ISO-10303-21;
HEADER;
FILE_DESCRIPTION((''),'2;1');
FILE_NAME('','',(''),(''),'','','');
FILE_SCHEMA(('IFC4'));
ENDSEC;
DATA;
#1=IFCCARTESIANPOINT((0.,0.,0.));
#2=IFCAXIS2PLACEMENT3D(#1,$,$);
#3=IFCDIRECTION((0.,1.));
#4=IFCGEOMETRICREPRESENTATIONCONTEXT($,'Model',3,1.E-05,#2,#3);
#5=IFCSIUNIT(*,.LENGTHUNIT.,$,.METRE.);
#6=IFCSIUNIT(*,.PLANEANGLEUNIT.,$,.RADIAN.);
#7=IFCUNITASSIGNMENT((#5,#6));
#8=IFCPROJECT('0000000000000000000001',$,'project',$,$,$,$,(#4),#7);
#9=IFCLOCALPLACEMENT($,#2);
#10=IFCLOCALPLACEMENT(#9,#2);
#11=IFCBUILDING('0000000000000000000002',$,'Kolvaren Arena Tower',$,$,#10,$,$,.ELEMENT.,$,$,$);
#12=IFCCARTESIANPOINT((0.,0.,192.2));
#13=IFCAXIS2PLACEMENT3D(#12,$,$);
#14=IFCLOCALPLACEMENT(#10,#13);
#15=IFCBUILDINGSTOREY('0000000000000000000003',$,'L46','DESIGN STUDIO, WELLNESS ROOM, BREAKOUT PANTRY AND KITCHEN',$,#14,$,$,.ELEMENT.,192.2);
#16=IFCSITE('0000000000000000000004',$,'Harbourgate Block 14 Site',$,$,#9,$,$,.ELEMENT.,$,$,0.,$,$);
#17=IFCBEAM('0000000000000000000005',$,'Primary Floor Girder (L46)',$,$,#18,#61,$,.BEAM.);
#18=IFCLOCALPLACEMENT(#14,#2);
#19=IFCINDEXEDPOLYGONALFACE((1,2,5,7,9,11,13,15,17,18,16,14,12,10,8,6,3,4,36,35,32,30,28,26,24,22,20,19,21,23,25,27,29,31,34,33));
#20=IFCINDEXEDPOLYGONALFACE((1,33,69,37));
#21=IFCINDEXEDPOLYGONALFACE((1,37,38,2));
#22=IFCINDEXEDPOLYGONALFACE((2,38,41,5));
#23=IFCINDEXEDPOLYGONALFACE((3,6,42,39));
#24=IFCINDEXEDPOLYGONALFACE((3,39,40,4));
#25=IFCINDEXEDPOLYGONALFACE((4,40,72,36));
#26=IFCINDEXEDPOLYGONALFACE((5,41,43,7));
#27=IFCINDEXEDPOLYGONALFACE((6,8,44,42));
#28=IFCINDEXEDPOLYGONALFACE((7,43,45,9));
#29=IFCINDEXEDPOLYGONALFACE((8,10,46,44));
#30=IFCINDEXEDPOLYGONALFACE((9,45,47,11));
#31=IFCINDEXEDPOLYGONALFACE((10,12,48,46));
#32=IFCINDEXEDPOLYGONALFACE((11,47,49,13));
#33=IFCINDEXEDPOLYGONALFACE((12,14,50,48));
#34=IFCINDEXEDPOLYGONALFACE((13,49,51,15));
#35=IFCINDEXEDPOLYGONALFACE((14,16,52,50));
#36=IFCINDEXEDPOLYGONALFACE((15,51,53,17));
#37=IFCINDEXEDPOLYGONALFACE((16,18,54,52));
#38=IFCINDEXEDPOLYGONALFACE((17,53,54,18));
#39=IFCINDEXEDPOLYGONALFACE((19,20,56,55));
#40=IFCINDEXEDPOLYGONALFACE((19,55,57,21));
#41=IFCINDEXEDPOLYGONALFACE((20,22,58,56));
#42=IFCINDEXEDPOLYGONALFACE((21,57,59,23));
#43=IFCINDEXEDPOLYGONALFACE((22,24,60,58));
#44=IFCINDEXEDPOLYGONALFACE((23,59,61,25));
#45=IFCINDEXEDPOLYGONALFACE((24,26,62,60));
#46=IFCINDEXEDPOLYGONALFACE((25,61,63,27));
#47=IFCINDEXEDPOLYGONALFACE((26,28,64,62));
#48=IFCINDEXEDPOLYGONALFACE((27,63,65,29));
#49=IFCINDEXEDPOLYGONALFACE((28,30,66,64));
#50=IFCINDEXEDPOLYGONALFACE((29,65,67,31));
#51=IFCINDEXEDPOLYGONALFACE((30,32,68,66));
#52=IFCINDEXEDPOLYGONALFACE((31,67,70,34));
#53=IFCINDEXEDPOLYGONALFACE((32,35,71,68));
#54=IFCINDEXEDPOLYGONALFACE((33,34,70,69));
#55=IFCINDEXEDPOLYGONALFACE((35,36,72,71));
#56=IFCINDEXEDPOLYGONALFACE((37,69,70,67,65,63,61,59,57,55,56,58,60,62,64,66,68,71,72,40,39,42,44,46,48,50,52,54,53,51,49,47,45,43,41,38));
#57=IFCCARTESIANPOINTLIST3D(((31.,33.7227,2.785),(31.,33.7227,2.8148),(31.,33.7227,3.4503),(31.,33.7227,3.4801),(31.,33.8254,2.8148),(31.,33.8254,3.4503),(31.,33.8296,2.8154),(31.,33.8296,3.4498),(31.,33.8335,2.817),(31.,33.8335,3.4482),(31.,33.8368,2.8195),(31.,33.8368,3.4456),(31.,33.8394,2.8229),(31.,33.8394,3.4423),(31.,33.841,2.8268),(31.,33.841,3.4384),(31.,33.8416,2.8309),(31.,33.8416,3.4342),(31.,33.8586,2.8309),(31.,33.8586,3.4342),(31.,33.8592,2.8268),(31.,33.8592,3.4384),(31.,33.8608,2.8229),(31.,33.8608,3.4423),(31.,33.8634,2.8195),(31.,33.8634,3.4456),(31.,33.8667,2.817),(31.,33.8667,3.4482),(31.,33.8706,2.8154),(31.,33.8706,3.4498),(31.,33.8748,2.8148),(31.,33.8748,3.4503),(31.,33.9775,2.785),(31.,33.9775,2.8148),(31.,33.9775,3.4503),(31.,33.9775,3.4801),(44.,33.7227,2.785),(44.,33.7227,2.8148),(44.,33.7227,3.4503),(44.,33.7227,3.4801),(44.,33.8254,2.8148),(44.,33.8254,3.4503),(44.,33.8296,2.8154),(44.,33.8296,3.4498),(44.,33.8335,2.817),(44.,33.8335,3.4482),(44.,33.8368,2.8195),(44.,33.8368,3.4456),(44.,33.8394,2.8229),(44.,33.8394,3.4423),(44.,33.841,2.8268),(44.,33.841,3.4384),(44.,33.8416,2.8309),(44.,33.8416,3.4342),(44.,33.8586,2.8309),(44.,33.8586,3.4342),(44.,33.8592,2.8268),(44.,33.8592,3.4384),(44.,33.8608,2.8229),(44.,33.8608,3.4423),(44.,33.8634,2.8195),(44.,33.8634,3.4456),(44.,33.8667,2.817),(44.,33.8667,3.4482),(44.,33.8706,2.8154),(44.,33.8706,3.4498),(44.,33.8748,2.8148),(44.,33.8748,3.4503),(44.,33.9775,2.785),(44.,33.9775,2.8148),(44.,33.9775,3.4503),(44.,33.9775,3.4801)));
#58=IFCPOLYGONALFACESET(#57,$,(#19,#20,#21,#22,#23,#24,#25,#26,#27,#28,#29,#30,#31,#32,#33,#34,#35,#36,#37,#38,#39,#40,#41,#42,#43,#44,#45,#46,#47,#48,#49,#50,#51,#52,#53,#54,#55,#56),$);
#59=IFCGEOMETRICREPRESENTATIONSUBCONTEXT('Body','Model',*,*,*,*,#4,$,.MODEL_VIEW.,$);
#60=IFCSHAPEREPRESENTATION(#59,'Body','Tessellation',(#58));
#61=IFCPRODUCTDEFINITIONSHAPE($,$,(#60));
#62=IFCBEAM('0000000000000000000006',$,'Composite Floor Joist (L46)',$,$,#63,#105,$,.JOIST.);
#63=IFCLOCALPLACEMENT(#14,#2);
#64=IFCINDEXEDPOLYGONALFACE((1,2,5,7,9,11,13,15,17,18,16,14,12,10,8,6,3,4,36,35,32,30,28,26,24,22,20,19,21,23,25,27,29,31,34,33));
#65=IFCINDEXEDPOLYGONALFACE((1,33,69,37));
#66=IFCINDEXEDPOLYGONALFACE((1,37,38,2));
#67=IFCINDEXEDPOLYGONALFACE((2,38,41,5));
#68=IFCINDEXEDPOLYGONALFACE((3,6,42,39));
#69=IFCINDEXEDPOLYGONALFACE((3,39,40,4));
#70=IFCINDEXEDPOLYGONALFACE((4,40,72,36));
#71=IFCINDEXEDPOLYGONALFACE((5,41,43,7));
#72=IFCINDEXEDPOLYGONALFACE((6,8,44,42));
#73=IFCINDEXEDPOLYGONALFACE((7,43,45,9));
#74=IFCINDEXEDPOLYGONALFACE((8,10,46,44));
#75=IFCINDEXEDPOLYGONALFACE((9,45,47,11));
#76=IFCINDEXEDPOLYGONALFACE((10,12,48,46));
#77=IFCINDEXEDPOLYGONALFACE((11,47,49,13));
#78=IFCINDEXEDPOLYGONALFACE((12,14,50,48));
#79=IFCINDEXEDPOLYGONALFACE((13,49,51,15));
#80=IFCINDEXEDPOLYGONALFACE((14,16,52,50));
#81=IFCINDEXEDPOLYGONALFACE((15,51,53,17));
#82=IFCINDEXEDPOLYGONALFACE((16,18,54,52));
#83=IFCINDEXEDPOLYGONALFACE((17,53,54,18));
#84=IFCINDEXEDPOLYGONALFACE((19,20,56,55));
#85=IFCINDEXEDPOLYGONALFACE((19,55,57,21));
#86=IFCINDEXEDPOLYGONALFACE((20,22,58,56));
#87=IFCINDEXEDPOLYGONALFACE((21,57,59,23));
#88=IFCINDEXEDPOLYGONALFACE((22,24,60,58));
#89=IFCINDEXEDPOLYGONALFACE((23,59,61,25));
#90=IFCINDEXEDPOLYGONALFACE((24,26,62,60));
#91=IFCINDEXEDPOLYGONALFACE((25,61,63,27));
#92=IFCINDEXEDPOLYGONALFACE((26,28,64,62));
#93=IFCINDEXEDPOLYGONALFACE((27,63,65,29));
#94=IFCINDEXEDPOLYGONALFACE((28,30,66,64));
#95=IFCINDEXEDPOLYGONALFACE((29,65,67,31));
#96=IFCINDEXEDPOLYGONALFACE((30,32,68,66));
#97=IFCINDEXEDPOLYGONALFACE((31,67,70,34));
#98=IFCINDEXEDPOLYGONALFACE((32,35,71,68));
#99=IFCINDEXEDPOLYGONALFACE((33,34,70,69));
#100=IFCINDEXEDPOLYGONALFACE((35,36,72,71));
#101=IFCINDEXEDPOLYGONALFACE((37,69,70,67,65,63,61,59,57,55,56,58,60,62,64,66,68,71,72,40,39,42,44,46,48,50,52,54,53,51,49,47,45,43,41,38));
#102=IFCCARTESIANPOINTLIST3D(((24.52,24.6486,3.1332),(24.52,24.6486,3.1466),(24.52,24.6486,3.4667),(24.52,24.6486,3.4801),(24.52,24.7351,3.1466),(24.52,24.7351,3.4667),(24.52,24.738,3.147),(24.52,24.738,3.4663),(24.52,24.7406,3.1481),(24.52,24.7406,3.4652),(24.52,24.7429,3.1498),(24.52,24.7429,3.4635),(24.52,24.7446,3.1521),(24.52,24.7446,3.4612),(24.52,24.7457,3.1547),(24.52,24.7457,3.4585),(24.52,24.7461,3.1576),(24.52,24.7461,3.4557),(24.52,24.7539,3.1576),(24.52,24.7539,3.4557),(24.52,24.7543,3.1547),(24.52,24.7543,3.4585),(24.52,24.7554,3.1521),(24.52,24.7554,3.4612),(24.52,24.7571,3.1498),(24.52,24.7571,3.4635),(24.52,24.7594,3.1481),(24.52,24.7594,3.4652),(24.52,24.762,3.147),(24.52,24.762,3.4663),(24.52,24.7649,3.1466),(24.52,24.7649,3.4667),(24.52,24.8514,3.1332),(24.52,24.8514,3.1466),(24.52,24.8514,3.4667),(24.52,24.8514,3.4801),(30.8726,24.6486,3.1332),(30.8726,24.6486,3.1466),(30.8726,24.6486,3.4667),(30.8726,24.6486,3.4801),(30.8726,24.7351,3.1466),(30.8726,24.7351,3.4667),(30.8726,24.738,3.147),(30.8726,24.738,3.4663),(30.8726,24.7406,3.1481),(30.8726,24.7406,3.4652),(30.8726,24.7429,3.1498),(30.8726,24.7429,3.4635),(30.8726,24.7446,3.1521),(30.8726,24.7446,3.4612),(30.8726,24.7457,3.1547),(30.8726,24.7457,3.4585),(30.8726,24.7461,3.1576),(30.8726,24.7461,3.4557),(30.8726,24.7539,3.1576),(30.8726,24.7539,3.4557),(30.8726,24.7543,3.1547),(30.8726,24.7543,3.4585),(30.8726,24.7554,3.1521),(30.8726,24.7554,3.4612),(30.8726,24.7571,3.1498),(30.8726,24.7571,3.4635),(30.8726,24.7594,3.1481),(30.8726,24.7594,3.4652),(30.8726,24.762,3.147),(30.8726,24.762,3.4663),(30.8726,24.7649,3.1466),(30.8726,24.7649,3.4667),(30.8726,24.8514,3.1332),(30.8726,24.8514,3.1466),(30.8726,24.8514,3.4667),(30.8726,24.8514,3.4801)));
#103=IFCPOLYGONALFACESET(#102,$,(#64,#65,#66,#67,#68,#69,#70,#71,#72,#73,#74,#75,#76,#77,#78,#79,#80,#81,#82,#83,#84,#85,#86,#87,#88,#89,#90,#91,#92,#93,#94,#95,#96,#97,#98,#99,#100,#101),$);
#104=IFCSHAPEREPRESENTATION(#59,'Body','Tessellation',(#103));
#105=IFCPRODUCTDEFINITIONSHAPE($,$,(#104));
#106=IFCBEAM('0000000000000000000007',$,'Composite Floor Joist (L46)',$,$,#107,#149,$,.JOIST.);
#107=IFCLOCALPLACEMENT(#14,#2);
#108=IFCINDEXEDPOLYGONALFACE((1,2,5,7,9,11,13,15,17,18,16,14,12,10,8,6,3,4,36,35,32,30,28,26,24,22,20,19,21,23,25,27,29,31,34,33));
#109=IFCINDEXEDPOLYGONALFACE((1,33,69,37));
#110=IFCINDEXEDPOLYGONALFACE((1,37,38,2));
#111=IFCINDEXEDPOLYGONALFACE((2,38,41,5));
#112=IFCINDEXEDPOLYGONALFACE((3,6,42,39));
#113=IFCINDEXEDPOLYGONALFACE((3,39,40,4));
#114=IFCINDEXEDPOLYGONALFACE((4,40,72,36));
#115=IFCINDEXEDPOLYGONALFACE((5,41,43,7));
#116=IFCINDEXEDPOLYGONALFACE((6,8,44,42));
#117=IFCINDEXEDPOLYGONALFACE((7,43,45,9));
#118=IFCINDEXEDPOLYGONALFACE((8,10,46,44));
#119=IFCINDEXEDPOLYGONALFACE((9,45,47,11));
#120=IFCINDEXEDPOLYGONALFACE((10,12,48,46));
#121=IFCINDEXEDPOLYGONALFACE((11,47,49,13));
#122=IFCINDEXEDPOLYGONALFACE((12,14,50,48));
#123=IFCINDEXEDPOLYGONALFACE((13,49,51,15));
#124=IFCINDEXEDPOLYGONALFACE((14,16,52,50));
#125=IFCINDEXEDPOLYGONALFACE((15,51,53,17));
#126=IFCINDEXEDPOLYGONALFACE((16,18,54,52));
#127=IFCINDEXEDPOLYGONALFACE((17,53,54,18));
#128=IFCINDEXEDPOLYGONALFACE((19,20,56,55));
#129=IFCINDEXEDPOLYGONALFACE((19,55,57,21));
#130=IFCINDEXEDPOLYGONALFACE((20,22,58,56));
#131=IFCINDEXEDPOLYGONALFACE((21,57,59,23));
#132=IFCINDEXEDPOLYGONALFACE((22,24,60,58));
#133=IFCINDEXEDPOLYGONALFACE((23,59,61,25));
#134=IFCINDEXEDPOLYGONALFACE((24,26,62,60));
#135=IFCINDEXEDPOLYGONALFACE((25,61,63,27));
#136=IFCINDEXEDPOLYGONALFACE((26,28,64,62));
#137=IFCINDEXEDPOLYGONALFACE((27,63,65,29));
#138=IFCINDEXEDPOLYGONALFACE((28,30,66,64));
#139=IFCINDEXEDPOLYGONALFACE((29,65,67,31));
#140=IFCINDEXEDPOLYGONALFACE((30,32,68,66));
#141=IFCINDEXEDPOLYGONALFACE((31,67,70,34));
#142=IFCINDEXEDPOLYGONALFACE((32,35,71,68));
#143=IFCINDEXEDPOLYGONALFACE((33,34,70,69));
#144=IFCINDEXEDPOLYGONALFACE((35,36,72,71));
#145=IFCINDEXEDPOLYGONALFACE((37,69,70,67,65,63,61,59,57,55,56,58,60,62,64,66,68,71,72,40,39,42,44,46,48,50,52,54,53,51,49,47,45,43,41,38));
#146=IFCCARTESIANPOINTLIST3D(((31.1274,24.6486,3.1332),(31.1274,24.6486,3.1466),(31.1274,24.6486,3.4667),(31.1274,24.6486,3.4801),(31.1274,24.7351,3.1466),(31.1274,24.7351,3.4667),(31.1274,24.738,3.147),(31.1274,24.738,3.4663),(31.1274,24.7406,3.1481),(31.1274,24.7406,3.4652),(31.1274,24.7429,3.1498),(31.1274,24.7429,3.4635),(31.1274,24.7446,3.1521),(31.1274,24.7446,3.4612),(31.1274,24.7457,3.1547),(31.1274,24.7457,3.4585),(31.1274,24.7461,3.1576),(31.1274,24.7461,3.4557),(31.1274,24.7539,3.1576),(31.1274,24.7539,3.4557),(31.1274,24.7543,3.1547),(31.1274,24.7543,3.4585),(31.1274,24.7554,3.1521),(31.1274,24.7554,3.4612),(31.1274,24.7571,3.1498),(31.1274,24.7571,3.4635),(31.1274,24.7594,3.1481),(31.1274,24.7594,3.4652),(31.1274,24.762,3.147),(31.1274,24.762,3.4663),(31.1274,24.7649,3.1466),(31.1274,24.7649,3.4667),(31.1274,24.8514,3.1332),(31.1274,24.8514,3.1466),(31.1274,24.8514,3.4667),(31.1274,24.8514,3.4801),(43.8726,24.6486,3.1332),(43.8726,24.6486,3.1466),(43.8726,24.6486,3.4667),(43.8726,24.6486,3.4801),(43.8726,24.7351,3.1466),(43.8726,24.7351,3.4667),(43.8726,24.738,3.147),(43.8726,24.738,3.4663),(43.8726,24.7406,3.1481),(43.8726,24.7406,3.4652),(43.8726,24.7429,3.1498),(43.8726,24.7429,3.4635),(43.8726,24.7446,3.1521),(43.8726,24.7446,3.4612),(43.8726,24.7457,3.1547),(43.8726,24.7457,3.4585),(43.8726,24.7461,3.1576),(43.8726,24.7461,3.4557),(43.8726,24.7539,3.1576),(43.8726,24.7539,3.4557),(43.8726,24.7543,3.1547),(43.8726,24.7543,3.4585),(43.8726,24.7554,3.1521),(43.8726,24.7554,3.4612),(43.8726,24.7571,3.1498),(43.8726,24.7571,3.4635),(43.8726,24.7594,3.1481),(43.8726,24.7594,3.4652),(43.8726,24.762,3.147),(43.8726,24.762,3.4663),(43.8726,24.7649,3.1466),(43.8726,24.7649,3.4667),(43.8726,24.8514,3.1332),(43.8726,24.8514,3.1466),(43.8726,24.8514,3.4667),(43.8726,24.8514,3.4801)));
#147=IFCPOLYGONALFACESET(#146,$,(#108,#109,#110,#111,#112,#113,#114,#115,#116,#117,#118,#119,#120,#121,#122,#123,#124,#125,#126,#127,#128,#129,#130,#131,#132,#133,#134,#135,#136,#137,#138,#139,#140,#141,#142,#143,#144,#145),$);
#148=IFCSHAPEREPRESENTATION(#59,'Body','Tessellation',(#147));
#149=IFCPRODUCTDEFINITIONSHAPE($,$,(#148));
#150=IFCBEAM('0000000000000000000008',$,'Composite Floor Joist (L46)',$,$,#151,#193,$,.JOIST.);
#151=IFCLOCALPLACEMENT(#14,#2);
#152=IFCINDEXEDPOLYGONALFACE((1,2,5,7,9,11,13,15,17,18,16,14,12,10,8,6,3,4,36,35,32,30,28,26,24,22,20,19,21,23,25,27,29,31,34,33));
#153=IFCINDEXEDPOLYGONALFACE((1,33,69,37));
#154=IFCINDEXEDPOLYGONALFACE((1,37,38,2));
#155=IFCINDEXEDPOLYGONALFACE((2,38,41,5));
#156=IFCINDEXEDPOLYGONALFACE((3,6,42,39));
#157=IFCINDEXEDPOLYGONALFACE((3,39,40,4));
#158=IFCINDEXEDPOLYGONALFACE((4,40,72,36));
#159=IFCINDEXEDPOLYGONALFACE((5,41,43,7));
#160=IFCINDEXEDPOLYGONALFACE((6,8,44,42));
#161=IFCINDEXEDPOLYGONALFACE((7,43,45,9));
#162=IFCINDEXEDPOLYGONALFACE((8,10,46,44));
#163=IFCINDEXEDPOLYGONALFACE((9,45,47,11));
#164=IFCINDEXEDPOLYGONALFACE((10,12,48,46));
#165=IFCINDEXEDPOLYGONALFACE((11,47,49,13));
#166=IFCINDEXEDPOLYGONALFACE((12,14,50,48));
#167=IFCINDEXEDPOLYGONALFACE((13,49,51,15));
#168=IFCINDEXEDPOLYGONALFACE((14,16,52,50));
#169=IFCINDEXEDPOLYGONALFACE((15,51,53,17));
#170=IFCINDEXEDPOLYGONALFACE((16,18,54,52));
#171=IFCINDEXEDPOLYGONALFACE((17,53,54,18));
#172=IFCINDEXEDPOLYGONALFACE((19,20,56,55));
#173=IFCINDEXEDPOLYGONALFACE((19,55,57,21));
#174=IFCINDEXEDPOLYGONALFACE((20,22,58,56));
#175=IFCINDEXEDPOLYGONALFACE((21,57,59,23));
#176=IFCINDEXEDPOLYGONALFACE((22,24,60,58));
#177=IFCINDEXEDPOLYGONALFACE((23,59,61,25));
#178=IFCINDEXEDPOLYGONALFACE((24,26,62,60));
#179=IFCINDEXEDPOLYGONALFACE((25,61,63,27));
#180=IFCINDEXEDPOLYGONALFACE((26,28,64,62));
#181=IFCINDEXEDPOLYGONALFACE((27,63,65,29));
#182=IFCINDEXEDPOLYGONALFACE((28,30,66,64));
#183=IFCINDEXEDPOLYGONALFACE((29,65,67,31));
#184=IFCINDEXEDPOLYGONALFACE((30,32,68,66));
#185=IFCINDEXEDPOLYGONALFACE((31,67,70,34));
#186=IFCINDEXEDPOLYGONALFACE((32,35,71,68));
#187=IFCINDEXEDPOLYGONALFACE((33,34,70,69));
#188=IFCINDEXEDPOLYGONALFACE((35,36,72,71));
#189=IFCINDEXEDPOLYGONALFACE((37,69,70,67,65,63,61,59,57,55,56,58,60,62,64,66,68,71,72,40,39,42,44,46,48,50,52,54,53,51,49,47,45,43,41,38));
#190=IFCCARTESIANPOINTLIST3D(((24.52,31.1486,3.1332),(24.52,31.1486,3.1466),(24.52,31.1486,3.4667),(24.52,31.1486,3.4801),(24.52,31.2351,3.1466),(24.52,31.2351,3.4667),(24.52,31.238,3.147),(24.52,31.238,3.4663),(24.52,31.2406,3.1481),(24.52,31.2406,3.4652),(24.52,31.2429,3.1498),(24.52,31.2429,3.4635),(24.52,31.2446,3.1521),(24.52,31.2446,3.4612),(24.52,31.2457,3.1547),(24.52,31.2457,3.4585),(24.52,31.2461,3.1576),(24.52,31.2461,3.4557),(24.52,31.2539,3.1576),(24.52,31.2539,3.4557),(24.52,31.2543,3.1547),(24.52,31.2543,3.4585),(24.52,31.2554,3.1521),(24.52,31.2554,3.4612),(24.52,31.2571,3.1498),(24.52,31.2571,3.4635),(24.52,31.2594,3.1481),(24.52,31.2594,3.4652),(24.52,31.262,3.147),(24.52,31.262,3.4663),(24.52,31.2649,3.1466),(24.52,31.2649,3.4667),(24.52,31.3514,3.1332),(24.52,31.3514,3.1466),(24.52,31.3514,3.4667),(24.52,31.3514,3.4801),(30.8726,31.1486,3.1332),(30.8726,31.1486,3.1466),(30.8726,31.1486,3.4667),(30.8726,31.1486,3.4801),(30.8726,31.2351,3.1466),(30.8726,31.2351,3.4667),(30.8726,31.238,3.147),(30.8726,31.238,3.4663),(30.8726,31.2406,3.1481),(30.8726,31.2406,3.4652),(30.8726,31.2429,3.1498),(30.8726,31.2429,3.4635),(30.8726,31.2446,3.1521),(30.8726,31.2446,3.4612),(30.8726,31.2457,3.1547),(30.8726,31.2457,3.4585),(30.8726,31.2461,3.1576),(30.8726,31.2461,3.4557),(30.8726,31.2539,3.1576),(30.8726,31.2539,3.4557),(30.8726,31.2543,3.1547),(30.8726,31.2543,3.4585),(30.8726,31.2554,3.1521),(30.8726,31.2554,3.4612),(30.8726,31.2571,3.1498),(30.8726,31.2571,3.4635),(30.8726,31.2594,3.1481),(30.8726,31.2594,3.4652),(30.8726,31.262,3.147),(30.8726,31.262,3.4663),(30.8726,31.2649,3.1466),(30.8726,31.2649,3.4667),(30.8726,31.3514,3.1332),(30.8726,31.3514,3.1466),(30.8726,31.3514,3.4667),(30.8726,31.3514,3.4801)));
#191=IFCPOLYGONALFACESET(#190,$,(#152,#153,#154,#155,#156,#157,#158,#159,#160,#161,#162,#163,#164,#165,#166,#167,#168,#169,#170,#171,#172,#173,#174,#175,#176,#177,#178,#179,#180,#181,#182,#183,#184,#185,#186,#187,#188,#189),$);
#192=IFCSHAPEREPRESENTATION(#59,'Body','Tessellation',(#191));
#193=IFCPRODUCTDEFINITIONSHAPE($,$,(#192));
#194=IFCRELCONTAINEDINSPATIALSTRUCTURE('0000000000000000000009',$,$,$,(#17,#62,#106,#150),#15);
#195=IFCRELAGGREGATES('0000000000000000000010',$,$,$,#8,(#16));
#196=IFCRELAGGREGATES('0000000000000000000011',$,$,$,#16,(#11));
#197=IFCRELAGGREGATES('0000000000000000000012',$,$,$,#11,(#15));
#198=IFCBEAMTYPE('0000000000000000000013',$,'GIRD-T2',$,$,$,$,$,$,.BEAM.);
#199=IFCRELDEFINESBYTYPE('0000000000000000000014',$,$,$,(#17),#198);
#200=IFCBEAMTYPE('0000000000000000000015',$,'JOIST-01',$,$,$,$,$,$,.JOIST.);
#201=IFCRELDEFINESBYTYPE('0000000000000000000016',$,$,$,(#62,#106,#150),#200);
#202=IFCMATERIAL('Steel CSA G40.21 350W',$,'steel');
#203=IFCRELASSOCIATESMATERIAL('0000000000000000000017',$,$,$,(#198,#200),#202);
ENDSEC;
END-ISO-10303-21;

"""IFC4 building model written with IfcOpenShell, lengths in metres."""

from ifc_helpers import new_model, si_unit, direction, frame, origin, origin_2d, place, context, subcontext, project, spatial, i_section, extrude, material, material_profile, profile_set, type_object, element, save


model = new_model("IFC4")

# Units and contexts
model_context = context("Model", 3, precision=1e-05, world=origin(), true_north=direction((0.0, 1.0)))
body_context = subcontext(model_context, "Body", "Model", "MODEL_VIEW")
ifc_project = project(units=[si_unit("LENGTHUNIT", "METRE"), si_unit("PLANEANGLEUNIT", "RADIAN")], contexts=[model_context])

# Site, building, storey
site_placement = place(None, origin())
site = spatial("IfcSite", under=ifc_project, at=site_placement, Name="Harbourgate Block 14 Site", CompositionType="ELEMENT", RefElevation=0.0)
building_placement = place(site_placement, origin())
building = spatial("IfcBuilding", under=site, at=building_placement, Name="Kolvaren Arena Tower", CompositionType="ELEMENT")
storey_placement = place(building_placement, frame((0.0, 0.0, 192.2)))
storey = spatial("IfcBuildingStorey", under=building, at=storey_placement, Name="L46", Description="DESIGN STUDIO, WELLNESS ROOM, BREAKOUT PANTRY AND KITCHEN", CompositionType="ELEMENT", Elevation=192.2)

# Beams
ifc_material_1 = material(Name="Steel CSA G40.21 350W", Category="steel")
ifc_material_profile_1 = material_profile(ifc_material_1, i_section(OverallWidth=0.2549, OverallDepth=0.6951, WebThickness=0.0171, FlangeThickness=0.0298, FilletRadius=0.0161, at=origin_2d()), Name="W690x217")
ifc_profile_set_1 = profile_set([ifc_material_profile_1], Name="Steel CSA G40.21 350W")
beam_type_1 = type_object("IfcBeamType", Name="GIRD-T2", PredefinedType="BEAM", material=ifc_profile_set_1)
beam_1_placement = place(storey_placement, frame((31.0, 33.8501, 3.1326), z_axis=(1.0, 0.0, 0.0), x_axis=(0.0, 1.0, 0.0)))
element("IfcBeam", 1, at=beam_1_placement, inside=storey, type_object=beam_type_1, Name="Primary Floor Girder (L46)", PredefinedType="BEAM", context=body_context, shape_type="SweptSolid", body=[
    extrude(i_section(OverallWidth=0.2549, OverallDepth=0.6951, WebThickness=0.0171, FlangeThickness=0.0298, FilletRadius=0.0161, at=origin_2d()), origin(), (0.0, 0.0, 1.0), 13.0),
])
ifc_material_profile_2 = material_profile(ifc_material_1, i_section(OverallWidth=0.2029, OverallDepth=0.3469, WebThickness=0.0078, FlangeThickness=0.0134, FilletRadius=0.011, at=origin_2d()), Name="W360x64")
ifc_profile_set_2 = profile_set([ifc_material_profile_2], Name="Steel CSA G40.21 350W")
beam_type_2 = type_object("IfcBeamType", Name="JOIST-01", PredefinedType="JOIST", material=ifc_profile_set_2)
beam_2_placement = place(storey_placement, frame((24.52, 24.75, 3.3066), z_axis=(1.0, 0.0, 0.0), x_axis=(0.0, 1.0, 0.0)))
element("IfcBeam", 2, at=beam_2_placement, inside=storey, type_object=beam_type_2, Name="Composite Floor Joist (L46)", PredefinedType="JOIST", context=body_context, shape_type="SweptSolid", body=[
    extrude(i_section(OverallWidth=0.2029, OverallDepth=0.3469, WebThickness=0.0078, FlangeThickness=0.0134, FilletRadius=0.011, at=origin_2d()), origin(), (0.0, 0.0, 1.0), 6.3525),
])
beam_3_placement = place(storey_placement, frame((31.1274, 24.75, 3.3066), z_axis=(1.0, 0.0, 0.0), x_axis=(0.0, 1.0, 0.0)))
element("IfcBeam", 3, at=beam_3_placement, inside=storey, type_object=beam_type_2, Name="Composite Floor Joist (L46)", PredefinedType="JOIST", context=body_context, shape_type="SweptSolid", body=[
    extrude(i_section(OverallWidth=0.2029, OverallDepth=0.3469, WebThickness=0.0078, FlangeThickness=0.0134, FilletRadius=0.011, at=origin_2d()), origin(), (0.0, 0.0, 1.0), 12.7451),
])
beam_4_placement = place(storey_placement, frame((24.52, 31.25, 3.3066), z_axis=(1.0, 0.0, 0.0), x_axis=(0.0, 1.0, 0.0)))
element("IfcBeam", 4, at=beam_4_placement, inside=storey, type_object=beam_type_2, Name="Composite Floor Joist (L46)", PredefinedType="JOIST", context=body_context, shape_type="SweptSolid", body=[
    extrude(i_section(OverallWidth=0.2029, OverallDepth=0.3469, WebThickness=0.0078, FlangeThickness=0.0134, FilletRadius=0.011, at=origin_2d()), origin(), (0.0, 0.0, 1.0), 6.3525),
])

save(model, "model.ifc")
